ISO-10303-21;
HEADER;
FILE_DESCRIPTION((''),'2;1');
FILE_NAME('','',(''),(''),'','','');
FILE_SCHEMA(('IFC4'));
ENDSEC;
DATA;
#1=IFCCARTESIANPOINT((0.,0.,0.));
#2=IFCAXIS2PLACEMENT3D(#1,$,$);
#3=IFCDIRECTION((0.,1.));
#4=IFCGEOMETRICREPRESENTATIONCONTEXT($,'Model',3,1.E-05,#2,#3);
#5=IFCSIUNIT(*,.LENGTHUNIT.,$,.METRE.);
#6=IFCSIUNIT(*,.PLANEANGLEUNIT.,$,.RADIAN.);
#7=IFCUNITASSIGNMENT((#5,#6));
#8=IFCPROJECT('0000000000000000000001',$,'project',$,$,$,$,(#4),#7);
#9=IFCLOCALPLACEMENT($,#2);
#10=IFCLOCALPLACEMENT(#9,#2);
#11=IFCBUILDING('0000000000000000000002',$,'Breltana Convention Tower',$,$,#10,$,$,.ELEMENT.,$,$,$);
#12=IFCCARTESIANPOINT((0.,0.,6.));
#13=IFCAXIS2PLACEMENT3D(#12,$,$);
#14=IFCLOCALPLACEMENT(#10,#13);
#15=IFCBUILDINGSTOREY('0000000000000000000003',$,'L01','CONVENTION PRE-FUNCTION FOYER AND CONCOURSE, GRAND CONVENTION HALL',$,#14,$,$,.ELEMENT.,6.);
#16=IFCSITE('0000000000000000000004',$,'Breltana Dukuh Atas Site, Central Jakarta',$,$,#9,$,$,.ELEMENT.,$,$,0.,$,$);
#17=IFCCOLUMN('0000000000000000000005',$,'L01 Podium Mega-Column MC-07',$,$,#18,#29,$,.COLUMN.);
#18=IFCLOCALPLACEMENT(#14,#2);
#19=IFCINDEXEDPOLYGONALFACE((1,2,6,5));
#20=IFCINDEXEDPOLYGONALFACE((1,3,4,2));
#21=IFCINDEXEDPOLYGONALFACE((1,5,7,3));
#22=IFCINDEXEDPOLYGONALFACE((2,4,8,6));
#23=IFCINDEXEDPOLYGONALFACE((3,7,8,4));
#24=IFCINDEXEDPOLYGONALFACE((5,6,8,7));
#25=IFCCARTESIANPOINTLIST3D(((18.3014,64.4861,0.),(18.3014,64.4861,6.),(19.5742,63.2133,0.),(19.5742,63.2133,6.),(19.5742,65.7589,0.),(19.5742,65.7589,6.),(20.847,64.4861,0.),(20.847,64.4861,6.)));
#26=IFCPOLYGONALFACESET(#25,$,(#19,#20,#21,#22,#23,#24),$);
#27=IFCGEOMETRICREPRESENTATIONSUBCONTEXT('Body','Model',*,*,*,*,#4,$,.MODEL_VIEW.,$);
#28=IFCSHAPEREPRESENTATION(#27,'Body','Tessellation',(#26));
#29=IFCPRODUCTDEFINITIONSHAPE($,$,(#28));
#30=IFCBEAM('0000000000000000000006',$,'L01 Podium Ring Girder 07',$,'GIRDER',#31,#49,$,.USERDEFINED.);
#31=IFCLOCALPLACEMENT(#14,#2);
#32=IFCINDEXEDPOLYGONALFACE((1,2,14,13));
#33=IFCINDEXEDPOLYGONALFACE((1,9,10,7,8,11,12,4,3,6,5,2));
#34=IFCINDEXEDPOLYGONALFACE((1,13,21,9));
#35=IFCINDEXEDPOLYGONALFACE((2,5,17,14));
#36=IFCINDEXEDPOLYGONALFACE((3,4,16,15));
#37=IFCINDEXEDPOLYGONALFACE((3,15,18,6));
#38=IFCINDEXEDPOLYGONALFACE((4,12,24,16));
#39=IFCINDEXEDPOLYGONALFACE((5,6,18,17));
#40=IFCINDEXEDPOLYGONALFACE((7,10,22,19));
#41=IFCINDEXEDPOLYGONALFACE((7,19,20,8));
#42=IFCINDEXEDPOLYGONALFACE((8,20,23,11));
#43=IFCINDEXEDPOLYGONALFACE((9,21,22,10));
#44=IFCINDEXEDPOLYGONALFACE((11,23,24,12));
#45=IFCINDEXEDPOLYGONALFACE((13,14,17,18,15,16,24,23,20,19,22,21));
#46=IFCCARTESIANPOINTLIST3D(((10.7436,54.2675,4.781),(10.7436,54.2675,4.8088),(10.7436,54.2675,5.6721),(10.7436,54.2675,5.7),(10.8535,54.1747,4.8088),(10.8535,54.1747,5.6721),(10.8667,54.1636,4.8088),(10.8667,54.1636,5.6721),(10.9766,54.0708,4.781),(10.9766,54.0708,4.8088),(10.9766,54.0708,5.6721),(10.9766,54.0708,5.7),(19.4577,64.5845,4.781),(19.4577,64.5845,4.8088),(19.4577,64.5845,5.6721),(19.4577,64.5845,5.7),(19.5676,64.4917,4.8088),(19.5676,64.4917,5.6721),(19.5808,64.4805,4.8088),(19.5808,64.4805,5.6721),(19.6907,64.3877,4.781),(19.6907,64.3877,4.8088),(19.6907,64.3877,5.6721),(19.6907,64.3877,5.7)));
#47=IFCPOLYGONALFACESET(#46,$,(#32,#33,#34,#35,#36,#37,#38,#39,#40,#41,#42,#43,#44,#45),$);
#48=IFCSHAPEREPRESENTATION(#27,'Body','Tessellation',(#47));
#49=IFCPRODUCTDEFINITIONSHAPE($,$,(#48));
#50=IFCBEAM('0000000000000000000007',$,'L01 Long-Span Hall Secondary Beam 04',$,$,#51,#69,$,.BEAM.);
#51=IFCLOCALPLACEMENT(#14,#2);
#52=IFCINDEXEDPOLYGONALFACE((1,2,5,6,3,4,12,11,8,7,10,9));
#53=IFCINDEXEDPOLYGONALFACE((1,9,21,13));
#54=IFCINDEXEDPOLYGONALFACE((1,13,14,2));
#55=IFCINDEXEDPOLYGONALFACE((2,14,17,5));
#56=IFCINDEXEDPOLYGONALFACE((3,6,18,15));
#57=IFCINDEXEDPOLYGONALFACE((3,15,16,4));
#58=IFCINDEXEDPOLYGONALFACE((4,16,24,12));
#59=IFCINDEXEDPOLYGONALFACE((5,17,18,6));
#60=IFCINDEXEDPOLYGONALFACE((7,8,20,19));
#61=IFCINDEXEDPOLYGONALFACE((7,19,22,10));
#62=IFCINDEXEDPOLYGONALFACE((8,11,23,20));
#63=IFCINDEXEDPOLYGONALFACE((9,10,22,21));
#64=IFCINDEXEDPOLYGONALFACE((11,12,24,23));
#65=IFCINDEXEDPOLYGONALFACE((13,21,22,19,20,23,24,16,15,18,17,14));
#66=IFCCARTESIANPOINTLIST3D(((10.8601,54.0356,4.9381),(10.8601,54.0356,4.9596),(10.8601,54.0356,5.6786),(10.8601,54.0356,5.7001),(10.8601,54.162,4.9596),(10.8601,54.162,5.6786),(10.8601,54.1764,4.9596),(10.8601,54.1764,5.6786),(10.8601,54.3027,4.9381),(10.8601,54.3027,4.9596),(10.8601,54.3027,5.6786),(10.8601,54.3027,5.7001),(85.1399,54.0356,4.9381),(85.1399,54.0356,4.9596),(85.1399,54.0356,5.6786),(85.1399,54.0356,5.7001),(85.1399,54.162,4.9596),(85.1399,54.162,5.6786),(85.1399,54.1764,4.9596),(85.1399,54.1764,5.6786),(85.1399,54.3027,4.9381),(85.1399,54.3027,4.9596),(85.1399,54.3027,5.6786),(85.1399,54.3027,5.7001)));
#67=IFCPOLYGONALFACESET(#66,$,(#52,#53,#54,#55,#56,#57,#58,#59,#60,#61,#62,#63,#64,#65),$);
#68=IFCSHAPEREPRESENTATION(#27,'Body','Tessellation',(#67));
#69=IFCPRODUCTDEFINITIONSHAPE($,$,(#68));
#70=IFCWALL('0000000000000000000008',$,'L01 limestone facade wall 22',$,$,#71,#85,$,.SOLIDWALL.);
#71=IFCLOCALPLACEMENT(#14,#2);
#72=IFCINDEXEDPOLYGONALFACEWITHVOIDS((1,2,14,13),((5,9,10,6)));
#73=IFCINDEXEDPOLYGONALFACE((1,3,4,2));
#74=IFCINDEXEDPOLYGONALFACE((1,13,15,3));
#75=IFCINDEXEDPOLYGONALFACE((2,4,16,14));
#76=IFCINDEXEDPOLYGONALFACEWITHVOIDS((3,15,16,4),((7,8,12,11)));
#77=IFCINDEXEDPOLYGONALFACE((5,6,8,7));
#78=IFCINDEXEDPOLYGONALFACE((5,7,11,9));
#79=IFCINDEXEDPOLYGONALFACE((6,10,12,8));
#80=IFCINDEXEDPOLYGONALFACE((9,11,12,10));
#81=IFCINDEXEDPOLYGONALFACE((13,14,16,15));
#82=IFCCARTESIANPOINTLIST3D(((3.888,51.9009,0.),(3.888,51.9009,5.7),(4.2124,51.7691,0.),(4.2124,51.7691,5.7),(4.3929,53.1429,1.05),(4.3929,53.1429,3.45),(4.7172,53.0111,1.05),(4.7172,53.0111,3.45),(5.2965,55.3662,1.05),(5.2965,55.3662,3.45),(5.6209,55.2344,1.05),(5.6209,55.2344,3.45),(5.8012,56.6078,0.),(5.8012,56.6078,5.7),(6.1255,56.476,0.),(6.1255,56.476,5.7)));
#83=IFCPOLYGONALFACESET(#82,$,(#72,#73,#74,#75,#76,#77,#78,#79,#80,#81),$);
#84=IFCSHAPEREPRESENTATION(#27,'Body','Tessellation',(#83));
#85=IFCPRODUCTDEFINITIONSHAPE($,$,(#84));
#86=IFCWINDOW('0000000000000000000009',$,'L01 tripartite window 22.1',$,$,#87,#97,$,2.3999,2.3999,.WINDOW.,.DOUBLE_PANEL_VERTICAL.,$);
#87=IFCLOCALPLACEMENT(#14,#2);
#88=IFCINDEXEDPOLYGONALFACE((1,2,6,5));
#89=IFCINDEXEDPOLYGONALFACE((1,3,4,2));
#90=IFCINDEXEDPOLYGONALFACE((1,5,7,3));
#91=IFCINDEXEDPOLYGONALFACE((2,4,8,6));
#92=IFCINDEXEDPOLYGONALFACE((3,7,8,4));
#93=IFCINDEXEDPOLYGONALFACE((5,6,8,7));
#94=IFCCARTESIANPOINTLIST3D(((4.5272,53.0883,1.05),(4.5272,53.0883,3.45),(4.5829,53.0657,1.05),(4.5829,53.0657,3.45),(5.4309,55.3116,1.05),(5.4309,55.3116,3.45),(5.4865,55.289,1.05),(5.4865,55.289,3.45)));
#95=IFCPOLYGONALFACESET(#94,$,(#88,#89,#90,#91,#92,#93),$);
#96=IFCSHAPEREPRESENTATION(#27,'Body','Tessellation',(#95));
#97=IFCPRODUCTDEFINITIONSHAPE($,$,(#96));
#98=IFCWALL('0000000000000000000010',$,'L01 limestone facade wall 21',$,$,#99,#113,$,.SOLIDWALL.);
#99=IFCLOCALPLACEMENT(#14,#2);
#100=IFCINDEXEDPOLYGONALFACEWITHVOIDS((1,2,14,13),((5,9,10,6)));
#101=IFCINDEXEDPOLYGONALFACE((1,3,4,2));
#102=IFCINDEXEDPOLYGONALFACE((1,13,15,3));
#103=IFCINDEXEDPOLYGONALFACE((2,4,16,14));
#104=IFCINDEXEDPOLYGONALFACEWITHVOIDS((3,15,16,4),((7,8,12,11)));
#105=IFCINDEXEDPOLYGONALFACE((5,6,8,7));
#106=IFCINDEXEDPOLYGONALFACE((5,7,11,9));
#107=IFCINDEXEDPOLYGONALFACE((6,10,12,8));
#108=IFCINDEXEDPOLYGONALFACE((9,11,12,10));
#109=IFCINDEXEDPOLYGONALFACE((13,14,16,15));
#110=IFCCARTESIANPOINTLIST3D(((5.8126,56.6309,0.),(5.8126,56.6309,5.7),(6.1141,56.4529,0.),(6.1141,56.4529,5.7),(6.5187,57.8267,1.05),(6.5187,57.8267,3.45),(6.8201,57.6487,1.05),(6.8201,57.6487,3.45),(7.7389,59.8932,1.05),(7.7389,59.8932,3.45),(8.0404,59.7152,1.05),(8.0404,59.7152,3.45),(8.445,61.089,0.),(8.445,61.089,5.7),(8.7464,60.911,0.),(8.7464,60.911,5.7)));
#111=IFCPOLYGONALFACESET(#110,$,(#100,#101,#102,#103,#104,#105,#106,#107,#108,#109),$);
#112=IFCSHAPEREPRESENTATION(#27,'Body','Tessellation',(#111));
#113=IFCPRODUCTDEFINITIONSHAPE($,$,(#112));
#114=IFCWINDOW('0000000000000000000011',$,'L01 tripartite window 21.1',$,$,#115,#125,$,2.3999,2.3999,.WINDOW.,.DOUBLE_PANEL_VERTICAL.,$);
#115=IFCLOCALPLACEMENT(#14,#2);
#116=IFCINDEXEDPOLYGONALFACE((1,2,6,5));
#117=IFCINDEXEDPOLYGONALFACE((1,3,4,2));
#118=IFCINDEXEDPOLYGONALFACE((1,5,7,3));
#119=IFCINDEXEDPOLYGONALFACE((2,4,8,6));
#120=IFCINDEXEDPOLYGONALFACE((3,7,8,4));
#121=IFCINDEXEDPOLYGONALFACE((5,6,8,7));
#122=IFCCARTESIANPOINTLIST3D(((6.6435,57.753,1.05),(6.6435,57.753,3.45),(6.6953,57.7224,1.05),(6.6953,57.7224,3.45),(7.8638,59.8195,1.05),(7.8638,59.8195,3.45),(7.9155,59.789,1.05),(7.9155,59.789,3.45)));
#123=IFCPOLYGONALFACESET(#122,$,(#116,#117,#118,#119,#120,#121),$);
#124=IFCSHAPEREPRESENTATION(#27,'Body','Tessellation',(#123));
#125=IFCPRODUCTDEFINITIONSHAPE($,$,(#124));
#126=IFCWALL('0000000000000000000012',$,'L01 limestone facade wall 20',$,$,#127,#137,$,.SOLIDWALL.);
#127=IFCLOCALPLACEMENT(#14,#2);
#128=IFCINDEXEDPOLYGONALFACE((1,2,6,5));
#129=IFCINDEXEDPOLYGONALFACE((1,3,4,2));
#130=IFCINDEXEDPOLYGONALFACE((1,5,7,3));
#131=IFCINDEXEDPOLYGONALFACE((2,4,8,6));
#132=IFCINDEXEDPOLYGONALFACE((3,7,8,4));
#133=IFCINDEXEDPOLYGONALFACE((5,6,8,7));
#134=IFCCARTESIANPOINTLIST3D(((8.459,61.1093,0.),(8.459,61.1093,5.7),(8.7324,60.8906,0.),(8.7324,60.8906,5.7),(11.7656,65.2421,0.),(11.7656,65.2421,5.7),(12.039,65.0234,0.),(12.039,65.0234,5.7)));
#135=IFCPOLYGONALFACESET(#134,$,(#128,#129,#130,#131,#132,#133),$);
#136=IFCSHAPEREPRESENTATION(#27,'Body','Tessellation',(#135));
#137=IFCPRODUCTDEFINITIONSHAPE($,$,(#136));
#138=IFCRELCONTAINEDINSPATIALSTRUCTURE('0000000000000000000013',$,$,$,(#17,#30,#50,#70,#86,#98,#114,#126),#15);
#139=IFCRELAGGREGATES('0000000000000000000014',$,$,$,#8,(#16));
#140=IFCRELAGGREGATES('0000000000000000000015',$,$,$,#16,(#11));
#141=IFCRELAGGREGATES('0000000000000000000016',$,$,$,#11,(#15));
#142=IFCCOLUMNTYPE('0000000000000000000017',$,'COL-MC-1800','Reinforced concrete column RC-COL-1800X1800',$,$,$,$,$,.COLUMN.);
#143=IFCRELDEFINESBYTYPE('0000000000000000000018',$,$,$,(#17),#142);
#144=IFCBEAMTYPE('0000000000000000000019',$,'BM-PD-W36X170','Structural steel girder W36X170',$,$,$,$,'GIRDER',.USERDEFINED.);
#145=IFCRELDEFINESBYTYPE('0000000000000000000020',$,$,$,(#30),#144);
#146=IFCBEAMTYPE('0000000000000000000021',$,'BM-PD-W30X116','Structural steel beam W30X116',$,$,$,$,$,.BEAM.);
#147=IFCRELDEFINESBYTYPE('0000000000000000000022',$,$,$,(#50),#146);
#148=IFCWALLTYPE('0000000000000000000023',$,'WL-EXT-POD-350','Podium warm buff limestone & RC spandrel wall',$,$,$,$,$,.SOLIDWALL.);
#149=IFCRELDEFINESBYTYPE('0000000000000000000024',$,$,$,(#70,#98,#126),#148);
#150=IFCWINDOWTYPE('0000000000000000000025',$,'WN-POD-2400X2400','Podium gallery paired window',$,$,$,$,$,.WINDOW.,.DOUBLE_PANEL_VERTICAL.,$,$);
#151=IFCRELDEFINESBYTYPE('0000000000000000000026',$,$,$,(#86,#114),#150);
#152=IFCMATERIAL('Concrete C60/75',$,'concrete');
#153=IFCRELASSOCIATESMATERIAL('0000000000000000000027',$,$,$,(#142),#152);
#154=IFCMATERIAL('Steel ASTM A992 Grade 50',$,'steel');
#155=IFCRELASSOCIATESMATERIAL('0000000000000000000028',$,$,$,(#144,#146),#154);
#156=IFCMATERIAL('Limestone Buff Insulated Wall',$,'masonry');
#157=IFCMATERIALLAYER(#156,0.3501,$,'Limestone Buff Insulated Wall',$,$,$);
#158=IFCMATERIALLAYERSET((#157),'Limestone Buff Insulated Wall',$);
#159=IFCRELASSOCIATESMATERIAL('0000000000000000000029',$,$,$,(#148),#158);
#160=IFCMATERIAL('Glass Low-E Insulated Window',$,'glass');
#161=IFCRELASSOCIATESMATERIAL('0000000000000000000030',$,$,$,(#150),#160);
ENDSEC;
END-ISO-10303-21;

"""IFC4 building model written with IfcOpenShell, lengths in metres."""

from ifc_helpers import new_model, si_unit, direction, frame, frame_2d, origin, origin_2d, place, context, subcontext, project, spatial, rectangle, i_section, extrude, source, transform, mapped, material, layer, layer_set, material_profile, profile_set, type_object, type_shapes, element, fill, save


model = new_model("IFC4")

# Units and contexts
model_context = context("Model", 3, precision=1e-05, world=origin(), true_north=direction((0.0, 1.0)))
body_context = subcontext(model_context, "Body", "Model", "MODEL_VIEW")
ifc_project = project(units=[si_unit("LENGTHUNIT", "METRE"), si_unit("PLANEANGLEUNIT", "RADIAN")], contexts=[model_context])

# Site, building, storey
site_placement = place(None, origin())
site = spatial("IfcSite", under=ifc_project, at=site_placement, Name="Breltana Dukuh Atas Site, Central Jakarta", CompositionType="ELEMENT", RefElevation=0.0)
building_placement = place(site_placement, origin())
building = spatial("IfcBuilding", under=site, at=building_placement, Name="Breltana Convention Tower", CompositionType="ELEMENT")
storey_placement = place(building_placement, frame((0.0, 0.0, 6.0)))
storey = spatial("IfcBuildingStorey", under=building, at=storey_placement, Name="L01", Description="CONVENTION PRE-FUNCTION FOYER AND CONCOURSE, GRAND CONVENTION HALL", CompositionType="ELEMENT", Elevation=6.0)

# Column
ifc_material_1 = material(Name="Concrete C60/75", Category="concrete")
ifc_material_profile_1 = material_profile(ifc_material_1, rectangle(XDim=1.8, YDim=1.8, at=origin_2d()), Name="RC-COL-1800X1800")
ifc_profile_set_1 = profile_set([ifc_material_profile_1], Name="Concrete C60/75")
column_type = type_object("IfcColumnType", Name="COL-MC-1800", Description="Reinforced concrete column RC-COL-1800X1800", PredefinedType="COLUMN", material=ifc_profile_set_1)
shared_shape_1 = source(origin(), body_context, "Body", "SweptSolid", [
    extrude(rectangle(XDim=1.8, YDim=1.8, at=origin_2d()), origin(), (0.0, 0.0, 1.0), 6.0),
])
type_shapes(column_type, [shared_shape_1])
column_placement = place(storey_placement, frame((19.5742, 64.4861, 0.0), z_axis=(0.0, 0.0, 1.0), x_axis=(-0.707107, 0.707107, 0.0)))
element("IfcColumn", 1, at=column_placement, inside=storey, type_object=column_type, Name="L01 Podium Mega-Column MC-07", PredefinedType="COLUMN", context=body_context, shape_type="MappedRepresentation", body=[
    mapped(shared_shape_1, transform((0.0, 0.0, 0.0), scale=1.0)),
])

# Beams
ifc_material_2 = material(Name="Steel ASTM A992 Grade 50", Category="steel")
ifc_material_profile_2 = material_profile(ifc_material_2, i_section(OverallWidth=0.3049, OverallDepth=0.9189, WebThickness=0.0173, FlangeThickness=0.0278, at=origin_2d()), Name="W36X170")
ifc_profile_set_2 = profile_set([ifc_material_profile_2], Name="Steel ASTM A992 Grade 50")
beam_type_1 = type_object("IfcBeamType", Name="BM-PD-W36X170", Description="Structural steel girder W36X170", ElementType="GIRDER", PredefinedType="USERDEFINED", material=ifc_profile_set_2)
shared_shape_2 = source(origin(), body_context, "Body", "SweptSolid", [
    extrude(i_section(OverallWidth=0.3049, OverallDepth=0.9189, WebThickness=0.0173, FlangeThickness=0.0278, at=origin_2d()), origin(), (0.0, 0.0, 1.0), 13.5046),
])
beam_1_placement = place(storey_placement, frame((19.5742, 64.4861, 5.2405), z_axis=(-0.64527, -0.763954, 0.0), x_axis=(0.763954, -0.64527, 0.0)))
element("IfcBeam", 2, at=beam_1_placement, inside=storey, type_object=beam_type_1, Name="L01 Podium Ring Girder 07", ObjectType="GIRDER", PredefinedType="USERDEFINED", context=body_context, shape_type="MappedRepresentation", body=[
    mapped(shared_shape_2, transform((0.0, 0.0, 0.0), scale=1.0)),
])
ifc_material_profile_3 = material_profile(ifc_material_2, i_section(OverallWidth=0.2671, OverallDepth=0.762, WebThickness=0.0144, FlangeThickness=0.0215, at=origin_2d()), Name="W30X116")
ifc_profile_set_3 = profile_set([ifc_material_profile_3], Name="Steel ASTM A992 Grade 50")
beam_type_2 = type_object("IfcBeamType", Name="BM-PD-W30X116", Description="Structural steel beam W30X116", PredefinedType="BEAM", material=ifc_profile_set_3)
shared_shape_3 = source(origin(), body_context, "Body", "SweptSolid", [
    extrude(i_section(OverallWidth=0.2671, OverallDepth=0.762, WebThickness=0.0144, FlangeThickness=0.0215, at=origin_2d()), origin(), (0.0, 0.0, 1.0), 74.2798),
])
type_shapes(beam_type_2, [shared_shape_3])
beam_2_placement = place(storey_placement, frame((10.8601, 54.1692, 5.3191), z_axis=(1.0, 0.0, 0.0), x_axis=(0.0, 1.0, 0.0)))
element("IfcBeam", 3, at=beam_2_placement, inside=storey, type_object=beam_type_2, Name="L01 Long-Span Hall Secondary Beam 04", PredefinedType="BEAM", context=body_context, shape_type="MappedRepresentation", body=[
    mapped(shared_shape_3, transform((0.0, 0.0, 0.0), scale=1.0)),
])

# Walls, openings, windows
ifc_material_3 = material(Name="Limestone Buff Insulated Wall", Category="masonry")
ifc_layer_1 = layer(ifc_material_3, 0.3501, Name="Limestone Buff Insulated Wall")
ifc_layer_set_1 = layer_set([ifc_layer_1], Name="Limestone Buff Insulated Wall")
wall_type_1 = type_object("IfcWallType", Name="WL-EXT-POD-350", Description="Podium warm buff limestone & RC spandrel wall", PredefinedType="SOLIDWALL", material=ifc_layer_set_1)
shared_shape_4 = source(origin(), body_context, "Body", "SweptSolid", [
    extrude(rectangle(XDim=5.0808, YDim=0.3501, at=frame_2d((2.5405, 0.0))), origin(), (0.0, 0.0, 1.0), 5.7),
])
wall_1_placement = place(storey_placement, frame((5.9634, 56.542, 0.0), z_axis=(0.0, 0.0, 1.0), x_axis=(-0.376538, -0.926401, 0.0)))
wall_1 = element("IfcWall", 4, at=wall_1_placement, inside=storey, type_object=wall_type_1, Name="L01 limestone facade wall 22", PredefinedType="SOLIDWALL", context=body_context, shape_type="MappedRepresentation", body=[
    mapped(shared_shape_4, transform((0.0, 0.0, 0.0), scale=1.0)),
])
opening_1_placement = place(wall_1_placement, frame((1.3403, 0.0, 1.05)))
opening_1 = element("IfcOpeningElement", 5, at=opening_1_placement, cuts=wall_1, PredefinedType="OPENING", context=body_context, shape_type="SweptSolid", body=[
    extrude(rectangle(XDim=2.3999, YDim=2.3999, at=frame_2d((1.2, 1.2))), frame((0.0, 0.1851, 0.0), z_axis=(0.0, -1.0, 0.0), x_axis=(1.0, 0.0, 0.0)), (0.0, 0.0, 1.0), 0.3701),
])
ifc_material_4 = material(Name="Glass Low-E Insulated Window", Category="glass")
window_type_1 = type_object("IfcWindowType", Name="WN-POD-2400X2400", Description="Podium gallery paired window", PartitioningType="DOUBLE_PANEL_VERTICAL", PredefinedType="WINDOW", material=ifc_material_4)
shared_shape_5 = source(origin(), body_context, "Body", "SweptSolid", [
    extrude(rectangle(XDim=2.3999, YDim=2.3999, at=frame_2d((1.2, 1.2))), frame((0.0, 0.03, 0.0), z_axis=(0.0, -1.0, 0.0), x_axis=(1.0, 0.0, 0.0)), (0.0, 0.0, 1.0), 0.0601),
])
type_shapes(window_type_1, [shared_shape_5])
window_1_placement = place(opening_1_placement, origin())
window_1 = element("IfcWindow", 6, at=window_1_placement, inside=storey, type_object=window_type_1, Name="L01 tripartite window 22.1", OverallHeight=2.3999, OverallWidth=2.3999, PartitioningType="DOUBLE_PANEL_VERTICAL", PredefinedType="WINDOW", context=body_context, shape_type="MappedRepresentation", body=[
    mapped(shared_shape_5, transform((0.0, 0.0, 0.0), scale=1.0)),
])
fill(opening_1, window_1)
shared_shape_6 = source(origin(), body_context, "Body", "SweptSolid", [
    extrude(rectangle(XDim=5.1772, YDim=0.3501, at=frame_2d((2.5886, 0.0))), origin(), (0.0, 0.0, 1.0), 5.7),
])
wall_2_placement = place(storey_placement, frame((8.5957, 61.0, 0.0), z_axis=(0.0, 0.0, 1.0), x_axis=(-0.50845, -0.861092, 0.0)))
wall_2 = element("IfcWall", 7, at=wall_2_placement, inside=storey, type_object=wall_type_1, Name="L01 limestone facade wall 21", PredefinedType="SOLIDWALL", context=body_context, shape_type="MappedRepresentation", body=[
    mapped(shared_shape_6, transform((0.0, 0.0, 0.0), scale=1.0)),
])
opening_2_placement = place(wall_2_placement, frame((1.3887, 0.0, 1.05)))
opening_2 = element("IfcOpeningElement", 8, at=opening_2_placement, cuts=wall_2, PredefinedType="OPENING", context=body_context, shape_type="SweptSolid", body=[
    extrude(rectangle(XDim=2.3999, YDim=2.3999, at=frame_2d((1.2, 1.2))), frame((0.0, 0.1851, 0.0), z_axis=(0.0, -1.0, 0.0), x_axis=(1.0, 0.0, 0.0)), (0.0, 0.0, 1.0), 0.3701),
])
window_2_placement = place(opening_2_placement, origin())
window_2 = element("IfcWindow", 9, at=window_2_placement, inside=storey, type_object=window_type_1, Name="L01 tripartite window 21.1", OverallHeight=2.3999, OverallWidth=2.3999, PartitioningType="DOUBLE_PANEL_VERTICAL", PredefinedType="WINDOW", context=body_context, shape_type="MappedRepresentation", body=[
    mapped(shared_shape_5, transform((0.0, 0.0, 0.0), scale=1.0)),
])
fill(opening_2, window_2)

# Wall
shared_shape_7 = source(origin(), body_context, "Body", "SweptSolid", [
    extrude(rectangle(XDim=5.2927, YDim=0.3501, at=frame_2d((2.6465, 0.0))), origin(), (0.0, 0.0, 1.0), 5.7),
])
wall_3_placement = place(storey_placement, frame((11.9023, 65.1328, 0.0), z_axis=(0.0, 0.0, 1.0), x_axis=(-0.62474, -0.780833, 0.0)))
element("IfcWall", 10, at=wall_3_placement, inside=storey, type_object=wall_type_1, Name="L01 limestone facade wall 20", PredefinedType="SOLIDWALL", context=body_context, shape_type="MappedRepresentation", body=[
    mapped(shared_shape_7, transform((0.0, 0.0, 0.0), scale=1.0)),
])

save(model, "model.ifc")
